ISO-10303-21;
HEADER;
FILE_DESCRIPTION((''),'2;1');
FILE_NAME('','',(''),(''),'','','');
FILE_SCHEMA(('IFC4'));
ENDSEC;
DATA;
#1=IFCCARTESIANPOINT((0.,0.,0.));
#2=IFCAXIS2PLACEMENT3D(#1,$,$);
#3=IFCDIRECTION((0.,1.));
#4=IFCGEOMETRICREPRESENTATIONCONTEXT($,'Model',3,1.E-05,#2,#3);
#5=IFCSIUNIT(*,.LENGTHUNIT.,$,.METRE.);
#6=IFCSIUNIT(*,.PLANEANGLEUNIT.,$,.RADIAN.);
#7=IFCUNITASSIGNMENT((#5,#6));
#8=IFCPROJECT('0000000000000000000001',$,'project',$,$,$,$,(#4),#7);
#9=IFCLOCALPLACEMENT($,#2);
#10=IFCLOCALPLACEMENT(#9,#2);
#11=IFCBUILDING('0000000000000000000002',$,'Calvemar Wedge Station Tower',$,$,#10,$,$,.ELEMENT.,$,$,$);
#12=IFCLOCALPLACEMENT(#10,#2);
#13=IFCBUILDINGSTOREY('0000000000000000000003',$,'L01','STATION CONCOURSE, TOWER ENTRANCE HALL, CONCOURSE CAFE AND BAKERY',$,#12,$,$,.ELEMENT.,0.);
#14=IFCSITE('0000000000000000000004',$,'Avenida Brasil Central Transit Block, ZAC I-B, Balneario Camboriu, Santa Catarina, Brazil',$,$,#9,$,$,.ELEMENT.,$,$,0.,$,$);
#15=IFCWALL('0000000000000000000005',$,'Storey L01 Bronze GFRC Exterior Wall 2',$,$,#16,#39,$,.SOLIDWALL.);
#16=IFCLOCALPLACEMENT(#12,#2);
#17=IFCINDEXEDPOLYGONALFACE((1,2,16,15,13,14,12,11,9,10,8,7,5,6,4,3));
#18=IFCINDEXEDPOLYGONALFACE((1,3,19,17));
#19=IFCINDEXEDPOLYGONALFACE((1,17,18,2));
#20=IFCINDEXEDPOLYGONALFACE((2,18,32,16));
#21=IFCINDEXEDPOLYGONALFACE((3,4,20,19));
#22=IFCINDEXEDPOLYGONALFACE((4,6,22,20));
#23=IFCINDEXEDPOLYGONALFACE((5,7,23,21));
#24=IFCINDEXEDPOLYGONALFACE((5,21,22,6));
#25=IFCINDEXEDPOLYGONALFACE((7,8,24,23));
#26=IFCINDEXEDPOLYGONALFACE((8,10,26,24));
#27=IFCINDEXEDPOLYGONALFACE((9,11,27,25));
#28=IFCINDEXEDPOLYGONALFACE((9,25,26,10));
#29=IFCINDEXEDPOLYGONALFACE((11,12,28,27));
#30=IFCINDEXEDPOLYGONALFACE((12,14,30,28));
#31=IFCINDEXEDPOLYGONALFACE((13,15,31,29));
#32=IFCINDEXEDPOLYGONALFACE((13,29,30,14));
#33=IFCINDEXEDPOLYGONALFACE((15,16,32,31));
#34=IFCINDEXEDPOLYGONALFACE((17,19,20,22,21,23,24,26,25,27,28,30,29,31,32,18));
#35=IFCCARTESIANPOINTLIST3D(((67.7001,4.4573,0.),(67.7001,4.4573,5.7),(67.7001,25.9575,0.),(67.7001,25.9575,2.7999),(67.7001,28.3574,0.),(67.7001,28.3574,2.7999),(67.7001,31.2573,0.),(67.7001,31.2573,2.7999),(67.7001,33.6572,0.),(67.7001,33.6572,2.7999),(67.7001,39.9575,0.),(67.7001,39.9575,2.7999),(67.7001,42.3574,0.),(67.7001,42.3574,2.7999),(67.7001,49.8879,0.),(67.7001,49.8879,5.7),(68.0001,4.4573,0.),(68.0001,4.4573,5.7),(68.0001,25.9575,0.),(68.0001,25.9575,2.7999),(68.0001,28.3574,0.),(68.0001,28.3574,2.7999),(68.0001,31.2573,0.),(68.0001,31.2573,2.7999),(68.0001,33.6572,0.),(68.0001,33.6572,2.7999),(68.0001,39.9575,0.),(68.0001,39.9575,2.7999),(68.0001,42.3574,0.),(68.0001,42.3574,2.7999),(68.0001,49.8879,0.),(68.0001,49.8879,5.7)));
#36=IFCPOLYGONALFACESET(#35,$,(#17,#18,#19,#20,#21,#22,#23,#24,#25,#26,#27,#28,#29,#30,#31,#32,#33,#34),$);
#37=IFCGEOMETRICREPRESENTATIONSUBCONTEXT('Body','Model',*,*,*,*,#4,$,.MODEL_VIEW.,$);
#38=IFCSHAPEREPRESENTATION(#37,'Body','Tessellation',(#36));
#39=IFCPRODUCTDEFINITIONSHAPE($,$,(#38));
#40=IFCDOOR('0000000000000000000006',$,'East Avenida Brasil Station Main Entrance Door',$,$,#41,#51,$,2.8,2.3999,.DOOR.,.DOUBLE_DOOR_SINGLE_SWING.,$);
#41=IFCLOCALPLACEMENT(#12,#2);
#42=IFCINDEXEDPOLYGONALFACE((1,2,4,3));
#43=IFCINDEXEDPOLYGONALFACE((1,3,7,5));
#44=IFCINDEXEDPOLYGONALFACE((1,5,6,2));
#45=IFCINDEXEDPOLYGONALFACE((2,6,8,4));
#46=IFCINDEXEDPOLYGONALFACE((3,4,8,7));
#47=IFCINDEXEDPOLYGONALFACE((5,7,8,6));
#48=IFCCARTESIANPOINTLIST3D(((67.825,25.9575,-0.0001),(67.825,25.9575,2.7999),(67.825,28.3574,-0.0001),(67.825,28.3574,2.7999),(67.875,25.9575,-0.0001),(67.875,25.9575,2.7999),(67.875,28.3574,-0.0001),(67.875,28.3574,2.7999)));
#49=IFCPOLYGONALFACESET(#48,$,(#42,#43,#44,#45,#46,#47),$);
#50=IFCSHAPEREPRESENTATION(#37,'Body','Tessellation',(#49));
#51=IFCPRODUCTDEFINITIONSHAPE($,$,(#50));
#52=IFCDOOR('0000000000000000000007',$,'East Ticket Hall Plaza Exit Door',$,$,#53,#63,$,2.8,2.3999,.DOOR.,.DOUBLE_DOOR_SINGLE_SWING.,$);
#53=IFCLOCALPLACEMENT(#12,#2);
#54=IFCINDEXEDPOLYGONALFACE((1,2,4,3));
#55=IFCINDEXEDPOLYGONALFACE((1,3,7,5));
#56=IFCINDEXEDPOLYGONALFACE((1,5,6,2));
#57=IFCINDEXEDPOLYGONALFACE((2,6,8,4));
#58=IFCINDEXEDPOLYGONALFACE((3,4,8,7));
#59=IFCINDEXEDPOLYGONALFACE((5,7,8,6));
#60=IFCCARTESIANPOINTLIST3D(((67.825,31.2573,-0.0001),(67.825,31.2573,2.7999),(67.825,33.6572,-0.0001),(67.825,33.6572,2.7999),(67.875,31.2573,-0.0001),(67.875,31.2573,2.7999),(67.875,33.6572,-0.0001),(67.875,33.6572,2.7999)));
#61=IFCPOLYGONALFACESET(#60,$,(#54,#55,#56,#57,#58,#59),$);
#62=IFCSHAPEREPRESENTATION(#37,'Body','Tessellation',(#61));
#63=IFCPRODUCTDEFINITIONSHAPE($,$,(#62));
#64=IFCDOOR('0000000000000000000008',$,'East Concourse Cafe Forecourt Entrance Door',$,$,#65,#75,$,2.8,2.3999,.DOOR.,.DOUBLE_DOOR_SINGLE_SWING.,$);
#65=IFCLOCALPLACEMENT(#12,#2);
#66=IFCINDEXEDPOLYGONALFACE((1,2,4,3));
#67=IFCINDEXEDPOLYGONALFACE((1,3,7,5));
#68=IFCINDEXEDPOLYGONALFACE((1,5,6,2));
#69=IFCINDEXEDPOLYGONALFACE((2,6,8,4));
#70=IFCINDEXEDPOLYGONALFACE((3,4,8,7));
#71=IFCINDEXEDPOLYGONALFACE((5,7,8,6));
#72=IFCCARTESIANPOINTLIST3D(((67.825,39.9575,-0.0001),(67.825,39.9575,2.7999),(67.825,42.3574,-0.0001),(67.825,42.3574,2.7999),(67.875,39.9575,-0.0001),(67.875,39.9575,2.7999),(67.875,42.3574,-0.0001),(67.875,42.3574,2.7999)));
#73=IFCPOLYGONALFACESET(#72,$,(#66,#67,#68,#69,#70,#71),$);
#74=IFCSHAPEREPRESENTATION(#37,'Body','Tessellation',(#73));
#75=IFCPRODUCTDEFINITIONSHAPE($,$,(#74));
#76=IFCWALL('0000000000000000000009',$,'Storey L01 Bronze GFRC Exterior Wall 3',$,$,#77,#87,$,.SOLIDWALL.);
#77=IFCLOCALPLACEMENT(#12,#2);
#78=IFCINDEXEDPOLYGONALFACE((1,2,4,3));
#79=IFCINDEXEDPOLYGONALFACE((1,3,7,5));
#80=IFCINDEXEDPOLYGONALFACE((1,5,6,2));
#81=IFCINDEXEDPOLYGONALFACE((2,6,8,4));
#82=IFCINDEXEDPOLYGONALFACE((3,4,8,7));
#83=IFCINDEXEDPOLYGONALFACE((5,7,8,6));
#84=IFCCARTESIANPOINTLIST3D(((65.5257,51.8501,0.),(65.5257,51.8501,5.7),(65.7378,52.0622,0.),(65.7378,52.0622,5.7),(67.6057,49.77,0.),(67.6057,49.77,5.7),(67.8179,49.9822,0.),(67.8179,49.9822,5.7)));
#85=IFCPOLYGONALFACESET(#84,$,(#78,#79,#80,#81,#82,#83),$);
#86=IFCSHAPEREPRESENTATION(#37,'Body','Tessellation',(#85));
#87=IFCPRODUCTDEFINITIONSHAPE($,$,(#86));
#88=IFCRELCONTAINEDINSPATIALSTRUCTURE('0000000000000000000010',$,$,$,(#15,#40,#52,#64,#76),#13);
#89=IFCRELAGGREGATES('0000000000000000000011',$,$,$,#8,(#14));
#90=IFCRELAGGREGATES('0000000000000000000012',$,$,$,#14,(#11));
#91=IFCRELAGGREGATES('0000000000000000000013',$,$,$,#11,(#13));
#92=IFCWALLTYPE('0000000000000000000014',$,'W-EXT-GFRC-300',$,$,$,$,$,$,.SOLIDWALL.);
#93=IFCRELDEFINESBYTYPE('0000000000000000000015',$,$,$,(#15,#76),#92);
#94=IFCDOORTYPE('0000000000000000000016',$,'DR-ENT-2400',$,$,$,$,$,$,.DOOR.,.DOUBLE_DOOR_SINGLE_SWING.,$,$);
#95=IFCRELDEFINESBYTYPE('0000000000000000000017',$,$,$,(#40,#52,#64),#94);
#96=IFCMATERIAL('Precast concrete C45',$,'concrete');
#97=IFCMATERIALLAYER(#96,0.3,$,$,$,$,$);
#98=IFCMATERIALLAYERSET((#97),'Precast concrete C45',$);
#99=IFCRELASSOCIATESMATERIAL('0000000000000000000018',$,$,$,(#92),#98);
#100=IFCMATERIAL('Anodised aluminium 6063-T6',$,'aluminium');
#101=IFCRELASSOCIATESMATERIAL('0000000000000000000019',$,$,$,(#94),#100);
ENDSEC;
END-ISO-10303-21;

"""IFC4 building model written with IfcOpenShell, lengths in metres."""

from ifc_helpers import new_model, si_unit, direction, frame, frame_2d, origin, place, context, subcontext, project, spatial, rectangle, extrude, source, transform, mapped, material, layer, layer_set, type_object, element, fill, save


model = new_model("IFC4")

# Units and contexts
model_context = context("Model", 3, precision=1e-05, world=origin(), true_north=direction((0.0, 1.0)))
body_context = subcontext(model_context, "Body", "Model", "MODEL_VIEW")
ifc_project = project(units=[si_unit("LENGTHUNIT", "METRE"), si_unit("PLANEANGLEUNIT", "RADIAN")], contexts=[model_context])

# Site, building, storey
site_placement = place(None, origin())
site = spatial("IfcSite", under=ifc_project, at=site_placement, Name="Avenida Brasil Central Transit Block, ZAC I-B, Balneario Camboriu, Santa Catarina, Brazil", CompositionType="ELEMENT", RefElevation=0.0)
building_placement = place(site_placement, origin())
building = spatial("IfcBuilding", under=site, at=building_placement, Name="Calvemar Wedge Station Tower", CompositionType="ELEMENT")
storey_placement = place(building_placement, origin())
storey = spatial("IfcBuildingStorey", under=building, at=storey_placement, Name="L01", Description="STATION CONCOURSE, TOWER ENTRANCE HALL, CONCOURSE CAFE AND BAKERY", CompositionType="ELEMENT", Elevation=0.0)

# Wall, openings, doors
ifc_material_1 = material(Name="Precast concrete C45", Category="concrete")
ifc_layer = layer(ifc_material_1, 0.3)
ifc_layer_set = layer_set([ifc_layer], Name="Precast concrete C45")
wall_type = type_object("IfcWallType", Name="W-EXT-GFRC-300", PredefinedType="SOLIDWALL", material=ifc_layer_set)
wall_1_placement = place(storey_placement, frame((67.8501, 49.8879, 0.0), z_axis=(0.0, 0.0, 1.0), x_axis=(0.0, -1.0, 0.0)))
wall_1 = element("IfcWall", 1, at=wall_1_placement, inside=storey, type_object=wall_type, Name="Storey L01 Bronze GFRC Exterior Wall 2", PredefinedType="SOLIDWALL", context=body_context, shape_type="SweptSolid", body=[
    extrude(rectangle(XDim=45.4307, YDim=0.3, at=frame_2d((22.7153, 0.0))), origin(), (0.0, 0.0, 1.0), 5.7),
])
shared_shape_1 = source(origin(), body_context, "Body", "SweptSolid", [
    extrude(rectangle(XDim=2.3999, YDim=2.8, at=frame_2d((1.2, 1.3999))), frame((0.0, 0.1602, 0.0), z_axis=(0.0, -1.0, 0.0), x_axis=(1.0, 0.0, 0.0)), (0.0, 0.0, 1.0), 0.3201),
])
opening_1_placement = place(wall_1_placement, frame((21.5305, 0.0, 0.0)))
opening_1 = element("IfcOpeningElement", 2, at=opening_1_placement, cuts=wall_1, PredefinedType="OPENING", context=body_context, shape_type="MappedRepresentation", body=[
    mapped(shared_shape_1, transform((0.0, 0.0, 0.0), scale=1.0)),
])
opening_2_placement = place(wall_1_placement, frame((16.2307, 0.0, 0.0)))
opening_2 = element("IfcOpeningElement", 3, at=opening_2_placement, cuts=wall_1, PredefinedType="OPENING", context=body_context, shape_type="MappedRepresentation", body=[
    mapped(shared_shape_1, transform((0.0, 0.0, 0.0), scale=1.0)),
])
opening_3_placement = place(wall_1_placement, frame((7.5305, 0.0, 0.0)))
opening_3 = element("IfcOpeningElement", 4, at=opening_3_placement, cuts=wall_1, PredefinedType="OPENING", context=body_context, shape_type="MappedRepresentation", body=[
    mapped(shared_shape_1, transform((0.0, 0.0, 0.0), scale=1.0)),
])
ifc_material_2 = material(Name="Anodised aluminium 6063-T6", Category="aluminium")
door_type = type_object("IfcDoorType", Name="DR-ENT-2400", OperationType="DOUBLE_DOOR_SINGLE_SWING", PredefinedType="DOOR", material=ifc_material_2)
shared_shape_2 = source(origin(), body_context, "Body", "SweptSolid", [
    extrude(rectangle(XDim=2.3999, YDim=2.8, at=frame_2d((1.2, 1.3999))), frame((0.0, 0.0249, 0.0), z_axis=(0.0, -1.0, 0.0), x_axis=(1.0, 0.0, 0.0)), (0.0, 0.0, 1.0), 0.05),
])
door_1_placement = place(opening_1_placement, origin())
door_1 = element("IfcDoor", 5, at=door_1_placement, inside=storey, type_object=door_type, Name="East Avenida Brasil Station Main Entrance Door", OperationType="DOUBLE_DOOR_SINGLE_SWING", OverallHeight=2.8, OverallWidth=2.3999, PredefinedType="DOOR", context=body_context, shape_type="MappedRepresentation", body=[
    mapped(shared_shape_2, transform((0.0, 0.0, 0.0), scale=1.0)),
])
fill(opening_1, door_1)
door_2_placement = place(opening_2_placement, origin())
door_2 = element("IfcDoor", 6, at=door_2_placement, inside=storey, type_object=door_type, Name="East Ticket Hall Plaza Exit Door", OperationType="DOUBLE_DOOR_SINGLE_SWING", OverallHeight=2.8, OverallWidth=2.3999, PredefinedType="DOOR", context=body_context, shape_type="MappedRepresentation", body=[
    mapped(shared_shape_2, transform((0.0, 0.0, 0.0), scale=1.0)),
])
fill(opening_2, door_2)
door_3_placement = place(opening_3_placement, origin())
door_3 = element("IfcDoor", 7, at=door_3_placement, inside=storey, type_object=door_type, Name="East Concourse Cafe Forecourt Entrance Door", OperationType="DOUBLE_DOOR_SINGLE_SWING", OverallHeight=2.8, OverallWidth=2.3999, PredefinedType="DOOR", context=body_context, shape_type="MappedRepresentation", body=[
    mapped(shared_shape_2, transform((0.0, 0.0, 0.0), scale=1.0)),
])
fill(opening_3, door_3)

# Wall
wall_2_placement = place(storey_placement, frame((65.6318, 51.9561, 0.0), z_axis=(0.0, 0.0, 1.0), x_axis=(0.707107, -0.707107, 0.0)))
element("IfcWall", 8, at=wall_2_placement, inside=storey, type_object=wall_type, Name="Storey L01 Bronze GFRC Exterior Wall 3", PredefinedType="SOLIDWALL", context=body_context, shape_type="SweptSolid", body=[
    extrude(rectangle(XDim=2.9417, YDim=0.3, at=frame_2d((1.4707, 0.0))), origin(), (0.0, 0.0, 1.0), 5.7),
])

save(model, "model.ifc")
